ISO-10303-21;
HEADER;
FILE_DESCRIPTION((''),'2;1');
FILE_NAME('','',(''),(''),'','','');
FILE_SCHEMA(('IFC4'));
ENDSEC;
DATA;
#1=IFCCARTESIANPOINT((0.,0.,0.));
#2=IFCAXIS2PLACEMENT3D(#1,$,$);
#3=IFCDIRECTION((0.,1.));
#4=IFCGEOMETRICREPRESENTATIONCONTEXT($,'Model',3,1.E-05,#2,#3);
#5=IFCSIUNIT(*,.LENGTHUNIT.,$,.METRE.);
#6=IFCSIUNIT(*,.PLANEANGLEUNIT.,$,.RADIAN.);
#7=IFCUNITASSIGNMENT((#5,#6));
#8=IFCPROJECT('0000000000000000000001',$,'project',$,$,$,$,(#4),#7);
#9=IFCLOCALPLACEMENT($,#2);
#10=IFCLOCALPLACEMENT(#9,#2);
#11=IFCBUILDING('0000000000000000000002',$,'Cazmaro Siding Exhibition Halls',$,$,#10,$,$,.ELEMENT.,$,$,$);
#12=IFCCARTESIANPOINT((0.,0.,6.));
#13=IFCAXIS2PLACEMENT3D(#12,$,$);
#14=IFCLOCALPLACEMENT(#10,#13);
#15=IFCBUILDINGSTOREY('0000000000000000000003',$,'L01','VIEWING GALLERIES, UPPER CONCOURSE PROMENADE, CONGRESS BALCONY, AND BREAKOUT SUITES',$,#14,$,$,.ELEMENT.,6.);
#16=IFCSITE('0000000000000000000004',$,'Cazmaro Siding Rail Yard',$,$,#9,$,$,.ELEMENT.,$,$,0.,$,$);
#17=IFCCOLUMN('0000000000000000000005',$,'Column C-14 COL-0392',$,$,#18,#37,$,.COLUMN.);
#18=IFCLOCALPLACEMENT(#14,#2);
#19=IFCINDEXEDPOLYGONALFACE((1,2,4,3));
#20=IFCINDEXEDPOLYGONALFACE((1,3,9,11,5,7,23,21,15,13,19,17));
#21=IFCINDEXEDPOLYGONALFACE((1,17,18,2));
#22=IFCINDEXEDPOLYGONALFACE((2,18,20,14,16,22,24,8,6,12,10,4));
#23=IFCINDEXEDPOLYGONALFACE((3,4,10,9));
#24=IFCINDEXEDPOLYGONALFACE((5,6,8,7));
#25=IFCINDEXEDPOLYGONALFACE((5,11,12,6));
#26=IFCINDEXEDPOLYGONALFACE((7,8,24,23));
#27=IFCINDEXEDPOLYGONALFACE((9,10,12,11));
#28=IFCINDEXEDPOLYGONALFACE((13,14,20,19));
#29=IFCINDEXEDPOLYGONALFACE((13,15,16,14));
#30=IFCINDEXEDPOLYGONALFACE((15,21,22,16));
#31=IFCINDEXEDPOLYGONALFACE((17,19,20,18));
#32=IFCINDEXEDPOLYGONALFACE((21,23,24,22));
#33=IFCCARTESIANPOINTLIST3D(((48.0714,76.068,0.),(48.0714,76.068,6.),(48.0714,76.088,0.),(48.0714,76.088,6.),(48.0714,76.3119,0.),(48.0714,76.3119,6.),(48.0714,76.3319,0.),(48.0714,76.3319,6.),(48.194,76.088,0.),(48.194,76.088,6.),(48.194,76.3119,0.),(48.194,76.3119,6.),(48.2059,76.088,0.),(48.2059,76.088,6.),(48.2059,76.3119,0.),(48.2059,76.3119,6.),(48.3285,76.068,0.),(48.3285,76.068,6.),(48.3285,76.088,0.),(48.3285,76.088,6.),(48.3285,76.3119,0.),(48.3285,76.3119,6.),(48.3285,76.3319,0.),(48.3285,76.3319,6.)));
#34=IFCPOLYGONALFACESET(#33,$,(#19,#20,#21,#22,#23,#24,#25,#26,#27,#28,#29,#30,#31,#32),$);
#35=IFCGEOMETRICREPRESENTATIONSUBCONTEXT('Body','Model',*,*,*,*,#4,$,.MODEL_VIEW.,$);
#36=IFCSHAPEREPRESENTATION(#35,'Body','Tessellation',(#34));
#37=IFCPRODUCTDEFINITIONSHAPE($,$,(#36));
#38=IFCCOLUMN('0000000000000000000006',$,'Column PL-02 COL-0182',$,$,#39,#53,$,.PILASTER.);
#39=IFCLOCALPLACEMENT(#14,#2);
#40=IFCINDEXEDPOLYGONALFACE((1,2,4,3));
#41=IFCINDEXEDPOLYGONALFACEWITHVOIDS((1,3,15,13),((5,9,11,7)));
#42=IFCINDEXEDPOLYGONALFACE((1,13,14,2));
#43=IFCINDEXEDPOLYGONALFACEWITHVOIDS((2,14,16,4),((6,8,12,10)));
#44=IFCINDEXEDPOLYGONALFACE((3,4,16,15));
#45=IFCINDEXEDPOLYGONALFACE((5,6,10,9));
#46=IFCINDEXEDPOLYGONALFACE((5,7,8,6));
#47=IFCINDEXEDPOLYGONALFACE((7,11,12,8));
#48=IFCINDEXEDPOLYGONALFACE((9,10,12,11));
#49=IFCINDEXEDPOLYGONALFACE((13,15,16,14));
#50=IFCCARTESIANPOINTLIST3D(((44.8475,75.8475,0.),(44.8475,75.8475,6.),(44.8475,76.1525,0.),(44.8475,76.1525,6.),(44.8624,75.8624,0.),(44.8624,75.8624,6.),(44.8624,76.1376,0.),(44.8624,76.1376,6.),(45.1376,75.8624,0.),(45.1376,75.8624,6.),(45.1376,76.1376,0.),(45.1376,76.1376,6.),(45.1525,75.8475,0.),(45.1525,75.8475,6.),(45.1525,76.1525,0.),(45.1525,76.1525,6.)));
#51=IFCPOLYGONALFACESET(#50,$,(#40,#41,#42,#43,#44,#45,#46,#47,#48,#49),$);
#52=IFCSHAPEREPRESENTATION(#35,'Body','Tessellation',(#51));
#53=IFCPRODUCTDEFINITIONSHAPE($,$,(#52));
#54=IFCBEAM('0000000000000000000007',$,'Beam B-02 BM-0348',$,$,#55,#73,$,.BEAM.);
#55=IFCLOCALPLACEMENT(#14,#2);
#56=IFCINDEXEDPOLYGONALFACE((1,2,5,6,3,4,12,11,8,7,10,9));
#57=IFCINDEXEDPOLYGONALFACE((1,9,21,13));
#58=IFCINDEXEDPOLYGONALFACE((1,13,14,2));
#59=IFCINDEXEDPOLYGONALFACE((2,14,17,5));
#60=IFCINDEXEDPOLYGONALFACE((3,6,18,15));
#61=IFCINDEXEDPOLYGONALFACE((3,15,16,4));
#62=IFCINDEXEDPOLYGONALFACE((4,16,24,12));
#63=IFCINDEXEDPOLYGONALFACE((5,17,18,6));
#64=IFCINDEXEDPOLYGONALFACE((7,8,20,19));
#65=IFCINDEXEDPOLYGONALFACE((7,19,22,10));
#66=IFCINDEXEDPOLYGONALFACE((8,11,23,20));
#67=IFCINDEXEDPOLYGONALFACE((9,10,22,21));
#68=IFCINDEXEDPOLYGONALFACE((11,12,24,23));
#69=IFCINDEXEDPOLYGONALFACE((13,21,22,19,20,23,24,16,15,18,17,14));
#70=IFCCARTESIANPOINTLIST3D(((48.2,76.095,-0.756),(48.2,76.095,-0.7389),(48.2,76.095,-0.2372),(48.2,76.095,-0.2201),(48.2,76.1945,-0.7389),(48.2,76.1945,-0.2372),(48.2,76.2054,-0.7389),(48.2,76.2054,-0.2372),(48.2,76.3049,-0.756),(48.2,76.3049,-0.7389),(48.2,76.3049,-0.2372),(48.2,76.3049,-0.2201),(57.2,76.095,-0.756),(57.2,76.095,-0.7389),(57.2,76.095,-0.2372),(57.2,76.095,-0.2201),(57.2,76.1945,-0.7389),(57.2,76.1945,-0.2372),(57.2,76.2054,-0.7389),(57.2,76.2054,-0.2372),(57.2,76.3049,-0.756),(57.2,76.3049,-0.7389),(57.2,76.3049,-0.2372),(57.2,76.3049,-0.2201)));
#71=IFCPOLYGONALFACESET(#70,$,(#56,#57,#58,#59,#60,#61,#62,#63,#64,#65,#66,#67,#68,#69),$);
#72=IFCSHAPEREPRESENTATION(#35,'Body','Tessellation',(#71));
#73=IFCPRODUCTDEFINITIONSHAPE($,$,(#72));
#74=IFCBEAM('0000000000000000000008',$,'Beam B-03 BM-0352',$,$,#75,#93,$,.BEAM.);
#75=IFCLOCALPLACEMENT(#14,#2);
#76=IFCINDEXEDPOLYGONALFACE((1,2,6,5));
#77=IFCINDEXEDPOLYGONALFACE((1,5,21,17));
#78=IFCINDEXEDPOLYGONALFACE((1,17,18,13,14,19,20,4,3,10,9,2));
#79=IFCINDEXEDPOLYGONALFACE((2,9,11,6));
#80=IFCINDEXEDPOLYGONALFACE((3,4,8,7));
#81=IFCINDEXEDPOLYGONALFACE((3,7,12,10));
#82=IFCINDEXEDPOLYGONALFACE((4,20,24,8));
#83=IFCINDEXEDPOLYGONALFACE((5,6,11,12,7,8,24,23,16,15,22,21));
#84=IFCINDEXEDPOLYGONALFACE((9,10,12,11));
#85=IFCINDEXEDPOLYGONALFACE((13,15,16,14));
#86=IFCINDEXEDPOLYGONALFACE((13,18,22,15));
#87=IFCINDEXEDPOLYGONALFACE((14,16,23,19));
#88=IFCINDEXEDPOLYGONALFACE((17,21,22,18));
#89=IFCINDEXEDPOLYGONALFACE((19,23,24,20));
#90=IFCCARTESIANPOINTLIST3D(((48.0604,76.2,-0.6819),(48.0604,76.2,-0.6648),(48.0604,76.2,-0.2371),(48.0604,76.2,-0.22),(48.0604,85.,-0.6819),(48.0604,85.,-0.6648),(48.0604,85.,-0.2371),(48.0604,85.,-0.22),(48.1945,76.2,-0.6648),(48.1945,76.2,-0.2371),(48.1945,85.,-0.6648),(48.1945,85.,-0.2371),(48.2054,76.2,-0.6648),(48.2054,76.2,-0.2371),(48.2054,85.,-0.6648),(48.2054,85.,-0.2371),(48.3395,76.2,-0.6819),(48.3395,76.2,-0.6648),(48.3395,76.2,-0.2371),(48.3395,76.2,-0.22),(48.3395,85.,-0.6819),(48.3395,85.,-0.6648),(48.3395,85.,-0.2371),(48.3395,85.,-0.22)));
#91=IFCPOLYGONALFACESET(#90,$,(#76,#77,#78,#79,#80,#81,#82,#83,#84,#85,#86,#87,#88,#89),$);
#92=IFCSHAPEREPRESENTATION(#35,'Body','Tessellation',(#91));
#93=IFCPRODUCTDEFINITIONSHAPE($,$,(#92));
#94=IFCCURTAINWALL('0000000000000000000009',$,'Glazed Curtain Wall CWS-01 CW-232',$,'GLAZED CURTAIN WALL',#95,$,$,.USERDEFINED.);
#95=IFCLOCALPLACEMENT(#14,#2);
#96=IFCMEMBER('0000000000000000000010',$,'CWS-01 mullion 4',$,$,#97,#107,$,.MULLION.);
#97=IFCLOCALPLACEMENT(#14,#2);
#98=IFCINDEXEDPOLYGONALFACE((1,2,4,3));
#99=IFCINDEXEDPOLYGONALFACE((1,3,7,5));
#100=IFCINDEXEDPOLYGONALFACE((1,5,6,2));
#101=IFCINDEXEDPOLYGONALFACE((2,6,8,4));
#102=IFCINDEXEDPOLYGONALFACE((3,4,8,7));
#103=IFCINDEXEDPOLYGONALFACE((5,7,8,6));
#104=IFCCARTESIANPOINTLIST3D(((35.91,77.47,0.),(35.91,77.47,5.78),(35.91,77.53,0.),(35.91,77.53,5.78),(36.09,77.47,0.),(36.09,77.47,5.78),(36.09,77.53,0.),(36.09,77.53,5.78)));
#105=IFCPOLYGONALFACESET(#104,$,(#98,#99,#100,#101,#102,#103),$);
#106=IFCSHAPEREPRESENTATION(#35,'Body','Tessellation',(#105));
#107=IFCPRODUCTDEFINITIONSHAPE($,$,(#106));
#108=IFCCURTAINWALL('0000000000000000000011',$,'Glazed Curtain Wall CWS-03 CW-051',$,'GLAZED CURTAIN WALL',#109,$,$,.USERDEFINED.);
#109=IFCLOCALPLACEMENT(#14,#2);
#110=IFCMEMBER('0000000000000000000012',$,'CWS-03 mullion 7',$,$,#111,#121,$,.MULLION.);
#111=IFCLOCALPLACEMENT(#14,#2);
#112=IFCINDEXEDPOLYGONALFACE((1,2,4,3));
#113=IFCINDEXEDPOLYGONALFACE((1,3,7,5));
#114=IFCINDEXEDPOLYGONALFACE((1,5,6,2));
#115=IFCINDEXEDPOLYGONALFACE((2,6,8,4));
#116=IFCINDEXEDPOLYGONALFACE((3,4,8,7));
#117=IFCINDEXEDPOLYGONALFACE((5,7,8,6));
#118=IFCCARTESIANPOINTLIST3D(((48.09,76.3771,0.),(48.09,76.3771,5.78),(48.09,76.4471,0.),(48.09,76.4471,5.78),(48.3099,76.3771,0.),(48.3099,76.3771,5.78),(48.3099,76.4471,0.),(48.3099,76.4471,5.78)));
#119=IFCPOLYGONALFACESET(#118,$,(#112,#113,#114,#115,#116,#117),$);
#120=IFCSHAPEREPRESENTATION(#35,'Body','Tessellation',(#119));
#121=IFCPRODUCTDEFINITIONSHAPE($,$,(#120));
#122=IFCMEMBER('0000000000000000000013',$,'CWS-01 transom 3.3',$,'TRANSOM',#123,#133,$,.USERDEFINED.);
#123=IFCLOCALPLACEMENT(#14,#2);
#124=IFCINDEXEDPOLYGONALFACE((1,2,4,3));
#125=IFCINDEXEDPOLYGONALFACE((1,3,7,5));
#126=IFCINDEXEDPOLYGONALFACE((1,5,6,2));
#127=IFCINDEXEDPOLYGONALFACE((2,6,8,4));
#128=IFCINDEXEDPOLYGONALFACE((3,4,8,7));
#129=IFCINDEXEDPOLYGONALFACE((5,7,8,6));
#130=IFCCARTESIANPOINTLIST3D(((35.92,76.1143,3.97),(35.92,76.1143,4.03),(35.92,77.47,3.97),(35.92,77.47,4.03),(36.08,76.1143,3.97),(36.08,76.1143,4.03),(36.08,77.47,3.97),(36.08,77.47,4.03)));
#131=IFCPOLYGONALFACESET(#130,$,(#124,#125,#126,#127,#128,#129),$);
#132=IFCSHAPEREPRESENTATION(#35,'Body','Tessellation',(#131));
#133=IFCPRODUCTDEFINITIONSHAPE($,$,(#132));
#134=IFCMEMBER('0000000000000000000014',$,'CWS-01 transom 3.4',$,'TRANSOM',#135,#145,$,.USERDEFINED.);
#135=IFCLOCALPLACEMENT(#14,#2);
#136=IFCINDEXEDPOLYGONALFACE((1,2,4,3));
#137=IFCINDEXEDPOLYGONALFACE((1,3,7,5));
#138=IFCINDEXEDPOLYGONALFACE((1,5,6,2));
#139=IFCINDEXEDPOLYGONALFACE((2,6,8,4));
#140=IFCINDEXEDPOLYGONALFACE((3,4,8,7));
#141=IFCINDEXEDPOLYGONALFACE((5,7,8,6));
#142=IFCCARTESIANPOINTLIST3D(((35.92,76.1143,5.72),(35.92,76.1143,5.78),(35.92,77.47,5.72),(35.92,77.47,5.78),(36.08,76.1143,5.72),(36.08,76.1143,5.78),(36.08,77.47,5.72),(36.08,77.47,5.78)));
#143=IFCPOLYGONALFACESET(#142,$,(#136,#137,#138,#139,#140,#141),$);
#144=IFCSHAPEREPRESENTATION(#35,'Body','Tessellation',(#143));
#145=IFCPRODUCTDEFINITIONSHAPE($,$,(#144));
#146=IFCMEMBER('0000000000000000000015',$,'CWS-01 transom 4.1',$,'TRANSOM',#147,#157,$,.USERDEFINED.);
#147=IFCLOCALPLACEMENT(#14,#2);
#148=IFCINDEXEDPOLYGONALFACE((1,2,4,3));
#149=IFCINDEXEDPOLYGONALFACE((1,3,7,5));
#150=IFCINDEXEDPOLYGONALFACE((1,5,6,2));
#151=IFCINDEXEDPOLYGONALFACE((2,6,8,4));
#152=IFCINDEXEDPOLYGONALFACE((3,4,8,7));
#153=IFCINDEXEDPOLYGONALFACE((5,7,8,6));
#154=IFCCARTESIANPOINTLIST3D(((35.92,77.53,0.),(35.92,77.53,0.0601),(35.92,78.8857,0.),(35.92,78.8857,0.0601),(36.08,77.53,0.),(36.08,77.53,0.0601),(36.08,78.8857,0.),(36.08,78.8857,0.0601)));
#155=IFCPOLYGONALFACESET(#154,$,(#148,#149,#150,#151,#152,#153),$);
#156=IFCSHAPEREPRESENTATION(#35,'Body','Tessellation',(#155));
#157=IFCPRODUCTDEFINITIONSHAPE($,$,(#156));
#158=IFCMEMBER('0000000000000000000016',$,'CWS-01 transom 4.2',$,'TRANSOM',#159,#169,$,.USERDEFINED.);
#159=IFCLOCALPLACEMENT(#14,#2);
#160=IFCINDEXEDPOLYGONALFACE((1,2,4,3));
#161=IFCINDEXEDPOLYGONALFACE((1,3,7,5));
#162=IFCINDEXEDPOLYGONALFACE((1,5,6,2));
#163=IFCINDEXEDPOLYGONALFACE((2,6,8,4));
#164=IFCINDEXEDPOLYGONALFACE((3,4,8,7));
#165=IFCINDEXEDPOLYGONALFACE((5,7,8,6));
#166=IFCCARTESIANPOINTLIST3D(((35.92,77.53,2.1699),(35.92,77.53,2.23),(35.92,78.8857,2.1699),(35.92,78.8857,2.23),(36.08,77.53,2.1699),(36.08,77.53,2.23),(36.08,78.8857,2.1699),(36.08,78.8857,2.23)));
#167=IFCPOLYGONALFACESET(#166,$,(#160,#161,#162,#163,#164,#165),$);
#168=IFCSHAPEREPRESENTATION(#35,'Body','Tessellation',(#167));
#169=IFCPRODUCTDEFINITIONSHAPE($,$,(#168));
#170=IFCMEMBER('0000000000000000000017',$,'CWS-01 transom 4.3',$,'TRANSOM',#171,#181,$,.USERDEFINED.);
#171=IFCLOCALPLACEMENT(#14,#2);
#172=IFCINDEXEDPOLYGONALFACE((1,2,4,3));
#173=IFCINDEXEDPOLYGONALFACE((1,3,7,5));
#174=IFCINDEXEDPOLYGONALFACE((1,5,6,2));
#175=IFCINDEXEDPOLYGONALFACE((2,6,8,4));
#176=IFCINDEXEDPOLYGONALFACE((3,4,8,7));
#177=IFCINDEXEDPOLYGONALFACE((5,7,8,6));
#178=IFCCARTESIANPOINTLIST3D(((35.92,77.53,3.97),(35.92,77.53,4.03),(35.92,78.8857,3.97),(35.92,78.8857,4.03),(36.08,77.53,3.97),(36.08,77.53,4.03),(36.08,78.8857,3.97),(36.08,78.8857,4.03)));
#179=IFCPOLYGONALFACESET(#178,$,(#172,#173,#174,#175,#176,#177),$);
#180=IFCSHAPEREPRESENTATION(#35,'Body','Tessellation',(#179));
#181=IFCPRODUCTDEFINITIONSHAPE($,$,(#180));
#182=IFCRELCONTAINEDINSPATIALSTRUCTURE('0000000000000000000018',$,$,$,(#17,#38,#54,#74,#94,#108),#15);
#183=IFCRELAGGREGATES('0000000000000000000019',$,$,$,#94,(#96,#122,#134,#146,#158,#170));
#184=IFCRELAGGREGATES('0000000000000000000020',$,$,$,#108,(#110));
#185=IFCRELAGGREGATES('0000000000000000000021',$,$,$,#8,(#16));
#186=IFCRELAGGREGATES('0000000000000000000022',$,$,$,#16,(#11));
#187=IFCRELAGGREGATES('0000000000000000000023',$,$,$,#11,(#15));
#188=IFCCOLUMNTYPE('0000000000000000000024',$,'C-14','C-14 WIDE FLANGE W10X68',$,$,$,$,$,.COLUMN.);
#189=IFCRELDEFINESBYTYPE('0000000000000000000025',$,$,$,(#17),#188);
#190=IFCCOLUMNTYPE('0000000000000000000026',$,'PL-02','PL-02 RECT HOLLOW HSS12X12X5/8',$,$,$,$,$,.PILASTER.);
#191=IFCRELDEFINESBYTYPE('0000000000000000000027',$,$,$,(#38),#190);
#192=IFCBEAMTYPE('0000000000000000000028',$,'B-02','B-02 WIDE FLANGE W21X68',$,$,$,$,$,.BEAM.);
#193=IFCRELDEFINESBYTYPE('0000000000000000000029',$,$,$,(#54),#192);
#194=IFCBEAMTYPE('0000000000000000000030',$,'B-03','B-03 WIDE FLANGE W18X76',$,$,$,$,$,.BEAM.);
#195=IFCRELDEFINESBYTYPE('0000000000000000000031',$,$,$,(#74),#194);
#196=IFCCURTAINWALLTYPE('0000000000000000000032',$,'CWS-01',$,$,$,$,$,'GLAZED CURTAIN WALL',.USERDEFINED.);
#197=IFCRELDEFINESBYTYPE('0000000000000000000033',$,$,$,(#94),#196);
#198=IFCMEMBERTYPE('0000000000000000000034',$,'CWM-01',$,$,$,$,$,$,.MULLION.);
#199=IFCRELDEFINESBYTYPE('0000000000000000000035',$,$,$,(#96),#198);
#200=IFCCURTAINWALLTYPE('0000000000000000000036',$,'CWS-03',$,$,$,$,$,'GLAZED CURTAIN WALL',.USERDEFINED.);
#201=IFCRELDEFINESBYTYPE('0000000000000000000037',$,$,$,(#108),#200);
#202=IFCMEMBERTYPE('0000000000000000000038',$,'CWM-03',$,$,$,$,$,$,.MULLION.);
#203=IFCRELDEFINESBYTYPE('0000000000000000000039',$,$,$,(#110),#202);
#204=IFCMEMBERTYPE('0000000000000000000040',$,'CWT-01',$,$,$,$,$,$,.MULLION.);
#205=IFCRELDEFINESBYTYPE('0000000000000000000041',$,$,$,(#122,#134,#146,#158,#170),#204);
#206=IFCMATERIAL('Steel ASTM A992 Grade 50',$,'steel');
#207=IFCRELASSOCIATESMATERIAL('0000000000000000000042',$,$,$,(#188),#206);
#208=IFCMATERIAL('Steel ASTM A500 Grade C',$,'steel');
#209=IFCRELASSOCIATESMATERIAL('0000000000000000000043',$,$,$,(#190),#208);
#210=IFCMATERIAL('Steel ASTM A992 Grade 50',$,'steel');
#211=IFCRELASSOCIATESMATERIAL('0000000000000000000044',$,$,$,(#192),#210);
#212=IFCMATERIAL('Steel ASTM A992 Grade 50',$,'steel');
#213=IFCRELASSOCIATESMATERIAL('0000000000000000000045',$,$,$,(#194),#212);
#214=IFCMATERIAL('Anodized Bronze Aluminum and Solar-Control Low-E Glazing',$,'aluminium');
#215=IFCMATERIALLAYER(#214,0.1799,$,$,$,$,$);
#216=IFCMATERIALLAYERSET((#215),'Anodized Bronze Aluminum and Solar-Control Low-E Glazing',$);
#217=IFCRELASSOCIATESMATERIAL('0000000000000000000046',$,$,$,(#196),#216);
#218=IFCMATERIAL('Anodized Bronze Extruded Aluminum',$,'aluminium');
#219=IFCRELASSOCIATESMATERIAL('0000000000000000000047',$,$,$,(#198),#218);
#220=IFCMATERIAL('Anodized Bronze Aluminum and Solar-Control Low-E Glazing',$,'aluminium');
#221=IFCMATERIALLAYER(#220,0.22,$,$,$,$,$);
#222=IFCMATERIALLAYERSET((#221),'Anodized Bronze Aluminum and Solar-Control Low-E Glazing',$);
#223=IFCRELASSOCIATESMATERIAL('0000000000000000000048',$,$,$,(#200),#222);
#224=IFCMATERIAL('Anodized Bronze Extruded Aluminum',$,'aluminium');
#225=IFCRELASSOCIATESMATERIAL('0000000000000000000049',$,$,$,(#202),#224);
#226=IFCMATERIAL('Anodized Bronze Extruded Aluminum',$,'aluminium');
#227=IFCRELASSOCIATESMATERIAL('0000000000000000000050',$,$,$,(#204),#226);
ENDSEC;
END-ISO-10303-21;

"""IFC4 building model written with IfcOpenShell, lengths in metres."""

from ifc_helpers import new_model, si_unit, direction, frame, origin, origin_2d, place, context, subcontext, project, spatial, rectangle, hollow_rectangle, i_section, extrude, material, layer, layer_set, material_profile, profile_set, type_object, element, aggregate, save


model = new_model("IFC4")

# Units and contexts
model_context = context("Model", 3, precision=1e-05, world=origin(), true_north=direction((0.0, 1.0)))
body_context = subcontext(model_context, "Body", "Model", "MODEL_VIEW")
ifc_project = project(units=[si_unit("LENGTHUNIT", "METRE"), si_unit("PLANEANGLEUNIT", "RADIAN")], contexts=[model_context])

# Site, building, storey
site_placement = place(None, origin())
site = spatial("IfcSite", under=ifc_project, at=site_placement, Name="Cazmaro Siding Rail Yard", CompositionType="ELEMENT", RefElevation=0.0)
building_placement = place(site_placement, origin())
building = spatial("IfcBuilding", under=site, at=building_placement, Name="Cazmaro Siding Exhibition Halls", CompositionType="ELEMENT")
storey_placement = place(building_placement, frame((0.0, 0.0, 6.0)))
storey = spatial("IfcBuildingStorey", under=building, at=storey_placement, Name="L01", Description="VIEWING GALLERIES, UPPER CONCOURSE PROMENADE, CONGRESS BALCONY, AND BREAKOUT SUITES", CompositionType="ELEMENT", Elevation=6.0)

# Columns
ifc_material_1 = material(Name="Steel ASTM A992 Grade 50", Category="steel")
ifc_material_profile_1 = material_profile(ifc_material_1, i_section(OverallWidth=0.2571, OverallDepth=0.2639, WebThickness=0.012, FlangeThickness=0.02, at=origin_2d()), Name="W10X68")
ifc_profile_set_1 = profile_set([ifc_material_profile_1], Name="Steel ASTM A992 Grade 50")
column_type_1 = type_object("IfcColumnType", Name="C-14", Description="C-14 WIDE FLANGE W10X68", PredefinedType="COLUMN", material=ifc_profile_set_1)
column_1_placement = place(storey_placement, frame((48.2, 76.2, 0.0), z_axis=(0.0, 0.0, 1.0), x_axis=(1.0, 0.0, 0.0)))
element("IfcColumn", 1, at=column_1_placement, inside=storey, type_object=column_type_1, Name="Column C-14 COL-0392", PredefinedType="COLUMN", context=body_context, shape_type="SweptSolid", body=[
    extrude(i_section(OverallWidth=0.2571, OverallDepth=0.2639, WebThickness=0.012, FlangeThickness=0.02, at=origin_2d()), origin(), (0.0, 0.0, 1.0), 6.0),
])
ifc_material_2 = material(Name="Steel ASTM A500 Grade C", Category="steel")
ifc_material_profile_2 = material_profile(ifc_material_2, hollow_rectangle(XDim=0.3049, YDim=0.3049, WallThickness=0.0149, at=origin_2d()), Name="HSS12X12X5/8")
ifc_profile_set_2 = profile_set([ifc_material_profile_2], Name="Steel ASTM A500 Grade C")
column_type_2 = type_object("IfcColumnType", Name="PL-02", Description="PL-02 RECT HOLLOW HSS12X12X5/8", PredefinedType="PILASTER", material=ifc_profile_set_2)
column_2_placement = place(storey_placement, frame((45.0, 76.0, 0.0), z_axis=(0.0, 0.0, 1.0), x_axis=(1.0, 0.0, 0.0)))
element("IfcColumn", 2, at=column_2_placement, inside=storey, type_object=column_type_2, Name="Column PL-02 COL-0182", PredefinedType="PILASTER", context=body_context, shape_type="SweptSolid", body=[
    extrude(hollow_rectangle(XDim=0.3049, YDim=0.3049, WallThickness=0.0149, at=origin_2d()), origin(), (0.0, 0.0, 1.0), 6.0),
])

# Beams
ifc_material_3 = material(Name="Steel ASTM A992 Grade 50", Category="steel")
ifc_material_profile_3 = material_profile(ifc_material_3, i_section(OverallWidth=0.21, OverallDepth=0.5359, WebThickness=0.011, FlangeThickness=0.0171, at=origin_2d()), Name="W21X68")
ifc_profile_set_3 = profile_set([ifc_material_profile_3], Name="Steel ASTM A992 Grade 50")
beam_type_1 = type_object("IfcBeamType", Name="B-02", Description="B-02 WIDE FLANGE W21X68", PredefinedType="BEAM", material=ifc_profile_set_3)
beam_1_placement = place(storey_placement, frame((48.2, 76.2, -0.488), z_axis=(1.0, 0.0, 0.0), x_axis=(0.0, 1.0, 0.0)))
element("IfcBeam", 3, at=beam_1_placement, inside=storey, type_object=beam_type_1, Name="Beam B-02 BM-0348", PredefinedType="BEAM", context=body_context, shape_type="SweptSolid", body=[
    extrude(i_section(OverallWidth=0.21, OverallDepth=0.5359, WebThickness=0.011, FlangeThickness=0.0171, at=origin_2d()), origin(), (0.0, 0.0, 1.0), 9.0),
])
ifc_material_4 = material(Name="Steel ASTM A992 Grade 50", Category="steel")
ifc_material_profile_4 = material_profile(ifc_material_4, i_section(OverallWidth=0.2791, OverallDepth=0.4619, WebThickness=0.011, FlangeThickness=0.0171, at=origin_2d()), Name="W18X76")
ifc_profile_set_4 = profile_set([ifc_material_profile_4], Name="Steel ASTM A992 Grade 50")
beam_type_2 = type_object("IfcBeamType", Name="B-03", Description="B-03 WIDE FLANGE W18X76", PredefinedType="BEAM", material=ifc_profile_set_4)
beam_2_placement = place(storey_placement, frame((48.2, 76.2, -0.4509), z_axis=(0.0, 1.0, 0.0), x_axis=(-1.0, 0.0, 0.0)))
element("IfcBeam", 4, at=beam_2_placement, inside=storey, type_object=beam_type_2, Name="Beam B-03 BM-0352", PredefinedType="BEAM", context=body_context, shape_type="SweptSolid", body=[
    extrude(i_section(OverallWidth=0.2791, OverallDepth=0.4619, WebThickness=0.011, FlangeThickness=0.0171, at=origin_2d()), origin(), (0.0, 0.0, 1.0), 8.8),
])

# Curtain walls, members
ifc_material_5 = material(Name="Anodized Bronze Aluminum and Solar-Control Low-E Glazing", Category="aluminium")
ifc_layer_1 = layer(ifc_material_5, 0.1799)
ifc_layer_set_1 = layer_set([ifc_layer_1], Name="Anodized Bronze Aluminum and Solar-Control Low-E Glazing")
curtain_wall_type_1 = type_object("IfcCurtainWallType", Name="CWS-01", ElementType="GLAZED CURTAIN WALL", PredefinedType="USERDEFINED", material=ifc_layer_set_1)
curtain_wall_1_placement = place(storey_placement, origin())
curtain_wall_1 = element("IfcCurtainWall", 5, at=curtain_wall_1_placement, inside=storey, type_object=curtain_wall_type_1, Name="Glazed Curtain Wall CWS-01 CW-232", ObjectType="GLAZED CURTAIN WALL", PredefinedType="USERDEFINED")
ifc_material_6 = material(Name="Anodized Bronze Extruded Aluminum", Category="aluminium")
ifc_material_profile_5 = material_profile(ifc_material_6, rectangle(XDim=0.1799, YDim=0.0601, at=origin_2d()), Name="CWM-01")
ifc_profile_set_5 = profile_set([ifc_material_profile_5], Name="Anodized Bronze Extruded Aluminum")
member_type_1 = type_object("IfcMemberType", Name="CWM-01", PredefinedType="MULLION", material=ifc_profile_set_5)
member_1_placement = place(storey_placement, frame((36.0, 77.5, 0.0), z_axis=(0.0, 0.0, 1.0), x_axis=(-1.0, 0.0, 0.0)))
member_1 = element("IfcMember", 6, at=member_1_placement, type_object=member_type_1, Name="CWS-01 mullion 4", PredefinedType="MULLION", context=body_context, shape_type="SweptSolid", body=[
    extrude(rectangle(XDim=0.1799, YDim=0.0601, at=origin_2d()), origin(), (0.0, 0.0, 1.0), 5.78),
])
ifc_material_7 = material(Name="Anodized Bronze Aluminum and Solar-Control Low-E Glazing", Category="aluminium")
ifc_layer_2 = layer(ifc_material_7, 0.22)
ifc_layer_set_2 = layer_set([ifc_layer_2], Name="Anodized Bronze Aluminum and Solar-Control Low-E Glazing")
curtain_wall_type_2 = type_object("IfcCurtainWallType", Name="CWS-03", ElementType="GLAZED CURTAIN WALL", PredefinedType="USERDEFINED", material=ifc_layer_set_2)
curtain_wall_2_placement = place(storey_placement, origin())
curtain_wall_2 = element("IfcCurtainWall", 7, at=curtain_wall_2_placement, inside=storey, type_object=curtain_wall_type_2, Name="Glazed Curtain Wall CWS-03 CW-051", ObjectType="GLAZED CURTAIN WALL", PredefinedType="USERDEFINED")
ifc_material_8 = material(Name="Anodized Bronze Extruded Aluminum", Category="aluminium")
ifc_material_profile_6 = material_profile(ifc_material_8, rectangle(XDim=0.22, YDim=0.0701, at=origin_2d()), Name="CWM-03")
ifc_profile_set_6 = profile_set([ifc_material_profile_6], Name="Anodized Bronze Extruded Aluminum")
member_type_2 = type_object("IfcMemberType", Name="CWM-03", PredefinedType="MULLION", material=ifc_profile_set_6)
member_2_placement = place(storey_placement, frame((48.2, 76.4121, 0.0), z_axis=(0.0, 0.0, 1.0), x_axis=(1.0, 0.0, 0.0)))
member_2 = element("IfcMember", 8, at=member_2_placement, type_object=member_type_2, Name="CWS-03 mullion 7", PredefinedType="MULLION", context=body_context, shape_type="SweptSolid", body=[
    extrude(rectangle(XDim=0.22, YDim=0.0701, at=origin_2d()), origin(), (0.0, 0.0, 1.0), 5.78),
])

# Members
ifc_material_9 = material(Name="Anodized Bronze Extruded Aluminum", Category="aluminium")
ifc_material_profile_7 = material_profile(ifc_material_9, rectangle(XDim=0.1599, YDim=0.0601, at=origin_2d()), Name="CWT-01")
ifc_profile_set_7 = profile_set([ifc_material_profile_7], Name="Anodized Bronze Extruded Aluminum")
member_type_3 = type_object("IfcMemberType", Name="CWT-01", PredefinedType="MULLION", material=ifc_profile_set_7)
member_3_placement = place(storey_placement, frame((36.0, 76.1143, 4.0), z_axis=(0.0, 1.0, 0.0), x_axis=(-1.0, 0.0, 0.0)))
member_3 = element("IfcMember", 9, at=member_3_placement, type_object=member_type_3, Name="CWS-01 transom 3.3", ObjectType="TRANSOM", PredefinedType="USERDEFINED", context=body_context, shape_type="SweptSolid", body=[
    extrude(rectangle(XDim=0.1599, YDim=0.0601, at=origin_2d()), origin(), (0.0, 0.0, 1.0), 1.3557),
])
member_4_placement = place(storey_placement, frame((36.0, 76.1143, 5.75), z_axis=(0.0, 1.0, 0.0), x_axis=(-1.0, 0.0, 0.0)))
member_4 = element("IfcMember", 10, at=member_4_placement, type_object=member_type_3, Name="CWS-01 transom 3.4", ObjectType="TRANSOM", PredefinedType="USERDEFINED", context=body_context, shape_type="SweptSolid", body=[
    extrude(rectangle(XDim=0.1599, YDim=0.0601, at=origin_2d()), origin(), (0.0, 0.0, 1.0), 1.3557),
])
member_5_placement = place(storey_placement, frame((36.0, 77.53, 0.03), z_axis=(0.0, 1.0, 0.0), x_axis=(-1.0, 0.0, 0.0)))
member_5 = element("IfcMember", 11, at=member_5_placement, type_object=member_type_3, Name="CWS-01 transom 4.1", ObjectType="TRANSOM", PredefinedType="USERDEFINED", context=body_context, shape_type="SweptSolid", body=[
    extrude(rectangle(XDim=0.1599, YDim=0.0601, at=origin_2d()), origin(), (0.0, 0.0, 1.0), 1.3557),
])
member_6_placement = place(storey_placement, frame((36.0, 77.53, 2.2), z_axis=(0.0, 1.0, 0.0), x_axis=(-1.0, 0.0, 0.0)))
member_6 = element("IfcMember", 12, at=member_6_placement, type_object=member_type_3, Name="CWS-01 transom 4.2", ObjectType="TRANSOM", PredefinedType="USERDEFINED", context=body_context, shape_type="SweptSolid", body=[
    extrude(rectangle(XDim=0.1599, YDim=0.0601, at=origin_2d()), origin(), (0.0, 0.0, 1.0), 1.3557),
])
member_7_placement = place(storey_placement, frame((36.0, 77.53, 4.0), z_axis=(0.0, 1.0, 0.0), x_axis=(-1.0, 0.0, 0.0)))
member_7 = element("IfcMember", 13, at=member_7_placement, type_object=member_type_3, Name="CWS-01 transom 4.3", ObjectType="TRANSOM", PredefinedType="USERDEFINED", context=body_context, shape_type="SweptSolid", body=[
    extrude(rectangle(XDim=0.1599, YDim=0.0601, at=origin_2d()), origin(), (0.0, 0.0, 1.0), 1.3557),
])

aggregate(curtain_wall_1, [member_1, member_3, member_4, member_5, member_6, member_7])
aggregate(curtain_wall_2, [member_2])

save(model, "model.ifc")
